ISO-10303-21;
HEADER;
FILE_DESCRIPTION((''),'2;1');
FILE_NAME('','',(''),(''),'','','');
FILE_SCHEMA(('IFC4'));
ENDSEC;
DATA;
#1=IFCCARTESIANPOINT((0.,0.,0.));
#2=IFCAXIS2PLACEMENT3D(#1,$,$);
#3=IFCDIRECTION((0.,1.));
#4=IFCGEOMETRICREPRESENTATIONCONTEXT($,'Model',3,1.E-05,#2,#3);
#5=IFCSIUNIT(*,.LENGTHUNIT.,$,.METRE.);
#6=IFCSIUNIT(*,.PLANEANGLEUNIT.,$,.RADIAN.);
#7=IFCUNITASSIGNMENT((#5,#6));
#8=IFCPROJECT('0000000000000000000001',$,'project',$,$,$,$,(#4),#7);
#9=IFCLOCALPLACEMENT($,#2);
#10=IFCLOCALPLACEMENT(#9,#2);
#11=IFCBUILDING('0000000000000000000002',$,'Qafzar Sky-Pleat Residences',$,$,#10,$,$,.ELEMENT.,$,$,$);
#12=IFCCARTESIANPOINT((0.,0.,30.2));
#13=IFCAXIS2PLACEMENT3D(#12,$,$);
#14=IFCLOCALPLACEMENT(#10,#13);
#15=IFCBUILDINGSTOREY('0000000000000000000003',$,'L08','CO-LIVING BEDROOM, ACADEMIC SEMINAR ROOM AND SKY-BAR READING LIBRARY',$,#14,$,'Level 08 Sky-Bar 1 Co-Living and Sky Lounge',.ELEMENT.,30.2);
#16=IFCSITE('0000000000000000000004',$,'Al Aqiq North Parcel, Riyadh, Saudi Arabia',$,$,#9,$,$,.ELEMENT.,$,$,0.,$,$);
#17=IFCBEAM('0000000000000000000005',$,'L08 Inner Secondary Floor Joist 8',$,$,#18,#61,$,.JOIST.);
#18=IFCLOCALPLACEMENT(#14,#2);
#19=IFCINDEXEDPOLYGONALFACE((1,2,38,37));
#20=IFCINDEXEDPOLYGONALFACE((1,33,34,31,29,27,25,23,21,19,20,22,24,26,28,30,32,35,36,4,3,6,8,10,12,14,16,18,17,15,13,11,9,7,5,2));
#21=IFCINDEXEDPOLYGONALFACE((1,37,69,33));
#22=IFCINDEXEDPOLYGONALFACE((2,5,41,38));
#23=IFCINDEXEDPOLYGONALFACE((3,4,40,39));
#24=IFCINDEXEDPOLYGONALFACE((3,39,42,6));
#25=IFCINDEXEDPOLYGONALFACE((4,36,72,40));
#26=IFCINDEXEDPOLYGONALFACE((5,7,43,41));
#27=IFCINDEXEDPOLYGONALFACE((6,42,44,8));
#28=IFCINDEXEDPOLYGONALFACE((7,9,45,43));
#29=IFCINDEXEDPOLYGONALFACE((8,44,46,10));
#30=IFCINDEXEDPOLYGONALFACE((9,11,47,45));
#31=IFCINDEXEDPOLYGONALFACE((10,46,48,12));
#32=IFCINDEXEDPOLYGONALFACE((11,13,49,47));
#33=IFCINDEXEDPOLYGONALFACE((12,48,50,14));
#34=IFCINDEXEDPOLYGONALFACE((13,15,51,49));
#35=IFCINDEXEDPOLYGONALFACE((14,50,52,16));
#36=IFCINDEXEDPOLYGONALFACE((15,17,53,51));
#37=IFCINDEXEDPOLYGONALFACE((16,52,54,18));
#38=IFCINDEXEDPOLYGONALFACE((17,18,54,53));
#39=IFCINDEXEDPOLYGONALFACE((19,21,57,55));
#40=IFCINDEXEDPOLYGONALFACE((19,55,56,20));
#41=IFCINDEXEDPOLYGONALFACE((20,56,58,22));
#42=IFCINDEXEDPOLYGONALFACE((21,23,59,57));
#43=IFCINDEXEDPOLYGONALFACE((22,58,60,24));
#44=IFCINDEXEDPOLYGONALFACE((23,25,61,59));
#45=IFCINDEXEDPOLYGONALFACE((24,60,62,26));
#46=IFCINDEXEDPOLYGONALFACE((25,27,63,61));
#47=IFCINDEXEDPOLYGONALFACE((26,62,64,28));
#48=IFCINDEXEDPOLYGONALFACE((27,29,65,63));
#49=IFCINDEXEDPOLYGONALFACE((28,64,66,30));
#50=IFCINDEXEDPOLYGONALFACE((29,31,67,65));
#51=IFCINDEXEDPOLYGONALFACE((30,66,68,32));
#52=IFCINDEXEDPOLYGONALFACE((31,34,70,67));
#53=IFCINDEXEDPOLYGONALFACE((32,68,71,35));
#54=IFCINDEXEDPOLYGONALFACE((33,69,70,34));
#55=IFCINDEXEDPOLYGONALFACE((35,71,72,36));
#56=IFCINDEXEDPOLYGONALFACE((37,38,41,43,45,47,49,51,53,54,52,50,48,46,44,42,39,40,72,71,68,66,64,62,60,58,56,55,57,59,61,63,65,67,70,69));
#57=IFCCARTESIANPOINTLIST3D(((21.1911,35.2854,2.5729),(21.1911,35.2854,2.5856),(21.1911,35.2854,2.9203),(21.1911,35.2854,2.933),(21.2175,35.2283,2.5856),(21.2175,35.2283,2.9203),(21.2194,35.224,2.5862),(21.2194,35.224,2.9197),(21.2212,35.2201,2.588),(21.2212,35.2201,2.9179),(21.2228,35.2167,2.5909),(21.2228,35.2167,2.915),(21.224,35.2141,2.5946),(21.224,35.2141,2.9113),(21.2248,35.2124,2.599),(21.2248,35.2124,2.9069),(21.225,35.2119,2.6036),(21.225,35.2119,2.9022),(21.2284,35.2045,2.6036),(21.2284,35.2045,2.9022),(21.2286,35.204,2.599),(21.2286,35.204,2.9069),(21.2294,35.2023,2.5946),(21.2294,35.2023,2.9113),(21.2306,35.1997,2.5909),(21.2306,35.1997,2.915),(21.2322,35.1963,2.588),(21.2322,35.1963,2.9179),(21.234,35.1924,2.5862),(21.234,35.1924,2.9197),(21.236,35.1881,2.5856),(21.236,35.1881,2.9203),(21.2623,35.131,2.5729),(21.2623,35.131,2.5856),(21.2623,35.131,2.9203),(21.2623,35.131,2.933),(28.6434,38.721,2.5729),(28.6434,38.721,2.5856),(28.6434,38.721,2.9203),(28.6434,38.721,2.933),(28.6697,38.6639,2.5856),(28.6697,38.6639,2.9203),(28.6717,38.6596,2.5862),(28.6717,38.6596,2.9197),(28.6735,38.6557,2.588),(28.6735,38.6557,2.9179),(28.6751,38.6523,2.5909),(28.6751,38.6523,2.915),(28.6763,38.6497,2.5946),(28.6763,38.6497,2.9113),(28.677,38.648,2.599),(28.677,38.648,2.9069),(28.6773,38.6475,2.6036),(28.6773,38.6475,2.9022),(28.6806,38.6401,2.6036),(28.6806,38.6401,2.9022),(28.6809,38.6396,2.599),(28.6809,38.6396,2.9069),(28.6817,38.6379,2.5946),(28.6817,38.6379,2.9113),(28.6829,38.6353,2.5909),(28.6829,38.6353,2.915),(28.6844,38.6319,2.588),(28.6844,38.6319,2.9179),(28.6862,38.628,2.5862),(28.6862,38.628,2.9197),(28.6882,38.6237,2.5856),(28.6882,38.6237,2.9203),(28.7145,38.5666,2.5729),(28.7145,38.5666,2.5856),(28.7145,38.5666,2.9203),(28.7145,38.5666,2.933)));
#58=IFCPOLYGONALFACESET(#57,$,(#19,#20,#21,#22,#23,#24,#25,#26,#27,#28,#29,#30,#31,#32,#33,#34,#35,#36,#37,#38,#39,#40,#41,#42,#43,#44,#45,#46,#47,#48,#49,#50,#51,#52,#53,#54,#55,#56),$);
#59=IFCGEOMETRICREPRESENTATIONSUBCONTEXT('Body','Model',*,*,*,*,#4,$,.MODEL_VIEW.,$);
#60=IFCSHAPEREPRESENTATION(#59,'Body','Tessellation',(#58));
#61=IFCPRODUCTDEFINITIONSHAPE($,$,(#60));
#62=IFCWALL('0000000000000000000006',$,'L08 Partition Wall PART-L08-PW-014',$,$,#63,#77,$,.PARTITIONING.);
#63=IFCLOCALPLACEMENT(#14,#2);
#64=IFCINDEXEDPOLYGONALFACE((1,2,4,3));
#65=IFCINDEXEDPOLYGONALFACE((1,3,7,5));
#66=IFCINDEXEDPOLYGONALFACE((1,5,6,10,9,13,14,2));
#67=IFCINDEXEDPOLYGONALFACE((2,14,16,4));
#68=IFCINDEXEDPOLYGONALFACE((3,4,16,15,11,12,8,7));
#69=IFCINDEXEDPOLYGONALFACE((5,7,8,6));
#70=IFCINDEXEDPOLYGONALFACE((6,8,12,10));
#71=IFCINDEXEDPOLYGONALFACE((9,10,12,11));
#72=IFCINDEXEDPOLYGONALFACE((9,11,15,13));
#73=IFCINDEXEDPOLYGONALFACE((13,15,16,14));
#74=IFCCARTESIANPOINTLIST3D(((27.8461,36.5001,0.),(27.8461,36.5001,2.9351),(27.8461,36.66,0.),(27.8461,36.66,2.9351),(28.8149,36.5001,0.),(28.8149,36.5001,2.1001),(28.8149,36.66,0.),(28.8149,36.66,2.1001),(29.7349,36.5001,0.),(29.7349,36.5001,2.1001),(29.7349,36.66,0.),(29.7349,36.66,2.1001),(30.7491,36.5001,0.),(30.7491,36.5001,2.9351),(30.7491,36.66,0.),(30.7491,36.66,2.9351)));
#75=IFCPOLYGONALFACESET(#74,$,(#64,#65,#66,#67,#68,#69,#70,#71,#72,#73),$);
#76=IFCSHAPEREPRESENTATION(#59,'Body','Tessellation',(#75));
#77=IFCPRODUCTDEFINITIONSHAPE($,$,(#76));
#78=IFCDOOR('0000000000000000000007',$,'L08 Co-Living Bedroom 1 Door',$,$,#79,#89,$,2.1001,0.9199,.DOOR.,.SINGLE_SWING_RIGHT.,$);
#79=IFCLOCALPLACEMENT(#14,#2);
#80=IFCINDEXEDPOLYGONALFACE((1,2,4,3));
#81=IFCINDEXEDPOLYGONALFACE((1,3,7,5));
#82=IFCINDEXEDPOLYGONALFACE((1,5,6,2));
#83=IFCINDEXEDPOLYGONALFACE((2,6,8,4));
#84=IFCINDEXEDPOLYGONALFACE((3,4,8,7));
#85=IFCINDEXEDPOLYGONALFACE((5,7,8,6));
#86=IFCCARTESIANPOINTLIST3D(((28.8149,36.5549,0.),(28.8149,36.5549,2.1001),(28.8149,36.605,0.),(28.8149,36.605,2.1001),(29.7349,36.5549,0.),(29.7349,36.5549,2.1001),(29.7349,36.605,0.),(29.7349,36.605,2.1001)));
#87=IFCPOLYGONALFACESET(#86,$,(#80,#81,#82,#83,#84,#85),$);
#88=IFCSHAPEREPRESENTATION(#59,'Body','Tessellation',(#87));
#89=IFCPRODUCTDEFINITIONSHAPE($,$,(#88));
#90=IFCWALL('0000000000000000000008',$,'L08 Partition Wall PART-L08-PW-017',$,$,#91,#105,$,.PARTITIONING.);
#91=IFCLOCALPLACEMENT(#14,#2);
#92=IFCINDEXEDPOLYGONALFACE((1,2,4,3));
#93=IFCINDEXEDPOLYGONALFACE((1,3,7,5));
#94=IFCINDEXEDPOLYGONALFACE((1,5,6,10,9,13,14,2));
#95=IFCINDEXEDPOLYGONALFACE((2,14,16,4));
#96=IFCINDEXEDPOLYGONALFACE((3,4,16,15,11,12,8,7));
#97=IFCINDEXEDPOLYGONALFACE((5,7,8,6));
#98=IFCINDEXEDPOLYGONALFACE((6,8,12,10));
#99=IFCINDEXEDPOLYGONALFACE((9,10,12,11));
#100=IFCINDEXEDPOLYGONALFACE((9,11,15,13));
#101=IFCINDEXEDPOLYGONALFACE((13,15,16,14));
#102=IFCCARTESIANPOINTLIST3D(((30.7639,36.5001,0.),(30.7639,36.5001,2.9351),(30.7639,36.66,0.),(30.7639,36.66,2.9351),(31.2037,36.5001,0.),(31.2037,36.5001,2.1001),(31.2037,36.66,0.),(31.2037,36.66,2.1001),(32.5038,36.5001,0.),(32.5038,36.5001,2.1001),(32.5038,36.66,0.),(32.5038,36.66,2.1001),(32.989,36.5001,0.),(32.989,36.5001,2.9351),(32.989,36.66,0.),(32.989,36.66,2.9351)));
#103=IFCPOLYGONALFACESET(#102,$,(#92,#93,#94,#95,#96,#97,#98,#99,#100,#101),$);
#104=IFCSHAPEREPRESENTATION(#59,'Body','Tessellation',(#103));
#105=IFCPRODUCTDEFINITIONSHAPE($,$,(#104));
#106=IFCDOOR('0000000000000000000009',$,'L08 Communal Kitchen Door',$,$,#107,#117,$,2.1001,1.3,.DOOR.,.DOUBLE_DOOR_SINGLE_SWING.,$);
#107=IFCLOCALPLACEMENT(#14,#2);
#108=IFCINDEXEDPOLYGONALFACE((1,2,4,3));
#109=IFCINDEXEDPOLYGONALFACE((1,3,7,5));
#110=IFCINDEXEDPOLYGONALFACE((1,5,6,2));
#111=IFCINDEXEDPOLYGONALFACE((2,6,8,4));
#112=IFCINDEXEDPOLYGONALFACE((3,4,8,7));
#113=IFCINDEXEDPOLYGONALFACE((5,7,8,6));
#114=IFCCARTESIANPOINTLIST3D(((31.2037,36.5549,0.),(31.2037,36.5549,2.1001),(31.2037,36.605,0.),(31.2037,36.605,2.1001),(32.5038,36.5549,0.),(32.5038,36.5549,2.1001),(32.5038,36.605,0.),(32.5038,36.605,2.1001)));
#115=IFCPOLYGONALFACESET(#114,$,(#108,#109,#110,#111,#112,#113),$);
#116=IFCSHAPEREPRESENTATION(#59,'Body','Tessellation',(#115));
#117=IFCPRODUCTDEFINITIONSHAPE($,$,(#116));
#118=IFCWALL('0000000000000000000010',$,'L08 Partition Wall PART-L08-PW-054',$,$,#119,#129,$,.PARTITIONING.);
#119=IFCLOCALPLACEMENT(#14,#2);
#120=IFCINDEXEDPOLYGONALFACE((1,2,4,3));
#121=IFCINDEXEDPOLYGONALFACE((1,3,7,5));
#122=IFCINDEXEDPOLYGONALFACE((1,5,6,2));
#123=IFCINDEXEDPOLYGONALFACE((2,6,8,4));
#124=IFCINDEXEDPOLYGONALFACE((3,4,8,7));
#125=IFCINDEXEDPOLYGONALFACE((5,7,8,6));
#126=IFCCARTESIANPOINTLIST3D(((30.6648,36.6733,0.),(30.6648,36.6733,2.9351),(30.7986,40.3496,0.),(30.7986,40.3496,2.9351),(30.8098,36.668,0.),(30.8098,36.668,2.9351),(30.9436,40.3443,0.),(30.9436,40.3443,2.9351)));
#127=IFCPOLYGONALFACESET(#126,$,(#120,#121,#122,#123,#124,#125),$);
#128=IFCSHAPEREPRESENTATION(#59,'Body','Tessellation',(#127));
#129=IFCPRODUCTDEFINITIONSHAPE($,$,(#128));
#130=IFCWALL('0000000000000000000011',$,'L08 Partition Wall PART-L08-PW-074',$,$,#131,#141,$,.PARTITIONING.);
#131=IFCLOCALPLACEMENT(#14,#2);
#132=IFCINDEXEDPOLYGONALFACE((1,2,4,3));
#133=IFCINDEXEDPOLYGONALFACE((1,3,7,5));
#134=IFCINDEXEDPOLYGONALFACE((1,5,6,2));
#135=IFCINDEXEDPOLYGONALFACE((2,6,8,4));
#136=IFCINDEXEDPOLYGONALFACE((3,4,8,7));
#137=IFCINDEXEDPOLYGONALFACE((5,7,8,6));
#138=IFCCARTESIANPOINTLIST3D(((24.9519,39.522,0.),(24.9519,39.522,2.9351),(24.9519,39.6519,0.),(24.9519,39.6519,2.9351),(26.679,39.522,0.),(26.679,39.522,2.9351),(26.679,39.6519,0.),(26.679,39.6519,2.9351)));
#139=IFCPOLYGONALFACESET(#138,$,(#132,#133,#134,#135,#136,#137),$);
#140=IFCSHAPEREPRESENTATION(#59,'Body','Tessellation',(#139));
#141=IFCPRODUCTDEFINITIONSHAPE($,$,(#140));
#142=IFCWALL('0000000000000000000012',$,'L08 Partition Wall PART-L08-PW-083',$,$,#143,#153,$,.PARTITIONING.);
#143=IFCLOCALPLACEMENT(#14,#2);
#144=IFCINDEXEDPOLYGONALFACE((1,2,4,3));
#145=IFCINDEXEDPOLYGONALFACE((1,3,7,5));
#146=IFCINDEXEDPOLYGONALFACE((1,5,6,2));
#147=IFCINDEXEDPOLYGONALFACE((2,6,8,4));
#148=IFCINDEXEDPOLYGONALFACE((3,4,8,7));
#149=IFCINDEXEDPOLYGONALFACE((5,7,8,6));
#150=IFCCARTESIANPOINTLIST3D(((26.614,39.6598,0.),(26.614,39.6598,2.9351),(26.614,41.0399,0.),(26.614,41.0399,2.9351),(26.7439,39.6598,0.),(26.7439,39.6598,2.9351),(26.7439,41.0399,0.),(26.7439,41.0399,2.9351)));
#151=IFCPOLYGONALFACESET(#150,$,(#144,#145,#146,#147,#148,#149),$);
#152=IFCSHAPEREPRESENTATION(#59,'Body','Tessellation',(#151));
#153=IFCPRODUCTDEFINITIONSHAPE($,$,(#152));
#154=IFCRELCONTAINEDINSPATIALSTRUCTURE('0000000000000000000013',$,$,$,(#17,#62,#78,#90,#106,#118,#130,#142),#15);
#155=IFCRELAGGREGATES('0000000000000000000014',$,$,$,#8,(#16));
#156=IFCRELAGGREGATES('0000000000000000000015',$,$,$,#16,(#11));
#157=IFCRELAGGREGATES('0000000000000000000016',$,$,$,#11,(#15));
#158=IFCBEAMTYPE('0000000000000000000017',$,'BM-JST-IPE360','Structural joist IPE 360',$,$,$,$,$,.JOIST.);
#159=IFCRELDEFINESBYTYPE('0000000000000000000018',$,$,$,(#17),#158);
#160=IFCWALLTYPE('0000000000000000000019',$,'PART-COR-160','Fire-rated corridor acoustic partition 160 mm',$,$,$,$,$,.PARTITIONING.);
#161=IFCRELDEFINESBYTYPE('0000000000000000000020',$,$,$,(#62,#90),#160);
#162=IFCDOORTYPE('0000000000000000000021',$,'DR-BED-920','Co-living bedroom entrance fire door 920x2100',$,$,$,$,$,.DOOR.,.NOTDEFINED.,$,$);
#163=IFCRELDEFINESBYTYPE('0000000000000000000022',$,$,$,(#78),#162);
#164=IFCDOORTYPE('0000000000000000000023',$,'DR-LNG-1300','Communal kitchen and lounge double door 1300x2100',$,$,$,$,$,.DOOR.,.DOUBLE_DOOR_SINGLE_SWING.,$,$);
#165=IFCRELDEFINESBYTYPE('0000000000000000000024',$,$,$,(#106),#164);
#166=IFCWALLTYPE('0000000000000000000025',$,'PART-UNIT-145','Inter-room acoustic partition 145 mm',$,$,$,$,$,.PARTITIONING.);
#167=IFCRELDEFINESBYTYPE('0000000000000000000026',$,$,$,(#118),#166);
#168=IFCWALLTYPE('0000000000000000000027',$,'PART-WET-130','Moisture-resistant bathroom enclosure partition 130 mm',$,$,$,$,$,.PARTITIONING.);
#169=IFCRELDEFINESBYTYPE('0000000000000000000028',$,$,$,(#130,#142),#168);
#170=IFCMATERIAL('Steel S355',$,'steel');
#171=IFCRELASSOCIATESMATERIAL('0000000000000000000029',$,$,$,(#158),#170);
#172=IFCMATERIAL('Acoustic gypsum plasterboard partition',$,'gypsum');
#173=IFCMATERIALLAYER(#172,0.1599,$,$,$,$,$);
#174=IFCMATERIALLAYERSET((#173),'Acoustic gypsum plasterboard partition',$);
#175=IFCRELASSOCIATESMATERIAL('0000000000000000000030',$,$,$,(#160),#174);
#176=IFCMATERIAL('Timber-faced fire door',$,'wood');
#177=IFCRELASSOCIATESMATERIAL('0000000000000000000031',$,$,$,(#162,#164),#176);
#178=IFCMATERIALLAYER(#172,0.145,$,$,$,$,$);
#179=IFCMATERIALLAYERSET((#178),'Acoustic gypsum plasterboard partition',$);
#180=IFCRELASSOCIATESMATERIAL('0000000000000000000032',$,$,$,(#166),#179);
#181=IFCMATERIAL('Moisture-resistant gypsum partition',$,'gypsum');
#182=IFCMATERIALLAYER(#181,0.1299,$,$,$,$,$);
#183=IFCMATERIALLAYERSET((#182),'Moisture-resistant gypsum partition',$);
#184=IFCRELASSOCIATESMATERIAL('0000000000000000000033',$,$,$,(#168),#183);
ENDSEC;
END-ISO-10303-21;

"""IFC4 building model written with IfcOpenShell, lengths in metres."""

from ifc_helpers import new_model, si_unit, direction, frame, frame_2d, origin, origin_2d, place, context, subcontext, project, spatial, rectangle, i_section, extrude, source, transform, mapped, material, layer, layer_set, material_profile, profile_set, type_object, element, fill, save


model = new_model("IFC4")

# Units and contexts
model_context = context("Model", 3, precision=1e-05, world=origin(), true_north=direction((0.0, 1.0)))
body_context = subcontext(model_context, "Body", "Model", "MODEL_VIEW")
ifc_project = project(units=[si_unit("LENGTHUNIT", "METRE"), si_unit("PLANEANGLEUNIT", "RADIAN")], contexts=[model_context])

# Site, building, storey
site_placement = place(None, origin())
site = spatial("IfcSite", under=ifc_project, at=site_placement, Name="Al Aqiq North Parcel, Riyadh, Saudi Arabia", CompositionType="ELEMENT", RefElevation=0.0)
building_placement = place(site_placement, origin())
building = spatial("IfcBuilding", under=site, at=building_placement, Name="Qafzar Sky-Pleat Residences", CompositionType="ELEMENT")
storey_placement = place(building_placement, frame((0.0, 0.0, 30.2)))
storey = spatial("IfcBuildingStorey", under=building, at=storey_placement, Name="L08", Description="CO-LIVING BEDROOM, ACADEMIC SEMINAR ROOM AND SKY-BAR READING LIBRARY", LongName="Level 08 Sky-Bar 1 Co-Living and Sky Lounge", CompositionType="ELEMENT", Elevation=30.2)

# Beam
ifc_material_1 = material(Name="Steel S355", Category="steel")
ifc_material_profile = material_profile(ifc_material_1, i_section(OverallWidth=0.1699, OverallDepth=0.3601, WebThickness=0.0081, FlangeThickness=0.0127, FilletRadius=0.0181, at=origin_2d()), Name="IPE 360")
ifc_profile_set = profile_set([ifc_material_profile], Name="Steel S355")
beam_type = type_object("IfcBeamType", Name="BM-JST-IPE360", Description="Structural joist IPE 360", PredefinedType="JOIST", material=ifc_profile_set)
shared_shape_1 = source(origin(), body_context, "Body", "SweptSolid", [
    extrude(i_section(OverallWidth=0.1699, OverallDepth=0.3601, WebThickness=0.0081, FlangeThickness=0.0127, FilletRadius=0.0181, at=origin_2d()), origin(), (0.0, 0.0, 1.0), 8.2061),
])
beam_placement = place(storey_placement, frame((28.679, 38.6438, 2.7529), z_axis=(-0.90814, -0.418666, 0.0), x_axis=(0.418666, -0.90814, 0.0)))
element("IfcBeam", 1, at=beam_placement, inside=storey, type_object=beam_type, Name="L08 Inner Secondary Floor Joist 8", PredefinedType="JOIST", context=body_context, shape_type="MappedRepresentation", body=[
    mapped(shared_shape_1, transform((0.0, 0.0, 0.0), x_axis=(1.0, 0.0, 0.0), y_axis=(0.0, 1.0, 0.0), z_axis=(0.0, 0.0, 1.0), scale=1.0)),
])

# Walls, openings, doors
ifc_material_2 = material(Name="Acoustic gypsum plasterboard partition", Category="gypsum")
ifc_layer_1 = layer(ifc_material_2, 0.1599)
ifc_layer_set_1 = layer_set([ifc_layer_1], Name="Acoustic gypsum plasterboard partition")
wall_type_1 = type_object("IfcWallType", Name="PART-COR-160", Description="Fire-rated corridor acoustic partition 160 mm", PredefinedType="PARTITIONING", material=ifc_layer_set_1)
wall_1_placement = place(storey_placement, frame((27.8459, 36.5801, 0.0), z_axis=(0.0, 0.0, 1.0), x_axis=(1.0, 0.0, 0.0)))
wall_1 = element("IfcWall", 2, at=wall_1_placement, inside=storey, type_object=wall_type_1, Name="L08 Partition Wall PART-L08-PW-014", PredefinedType="PARTITIONING", context=body_context, shape_type="SweptSolid", body=[
    extrude(rectangle(XDim=2.9031, YDim=0.1599, at=frame_2d((1.4517, 0.0))), origin(), (0.0, 0.0, 1.0), 2.9351),
])
opening_1_placement = place(wall_1_placement, frame((0.969, 0.0, 0.0)))
opening_1 = element("IfcOpeningElement", 3, at=opening_1_placement, cuts=wall_1, PredefinedType="OPENING", context=body_context, shape_type="SweptSolid", body=[
    extrude(rectangle(XDim=0.9199, YDim=2.1001, at=frame_2d((0.46, 1.05))), frame((0.0, 0.0898, 0.0), z_axis=(0.0, -1.0, 0.0), x_axis=(1.0, 0.0, 0.0)), (0.0, 0.0, 1.0), 0.1799),
])
ifc_material_3 = material(Name="Timber-faced fire door", Category="wood")
door_type_1 = type_object("IfcDoorType", Name="DR-BED-920", Description="Co-living bedroom entrance fire door 920x2100", OperationType="NOTDEFINED", PredefinedType="DOOR", material=ifc_material_3)
shared_shape_2 = source(origin(), body_context, "Body", "SweptSolid", [
    extrude(rectangle(XDim=0.9199, YDim=2.1001, at=frame_2d((0.46, 1.05))), frame((0.0, 0.0249, 0.0), z_axis=(0.0, -1.0, 0.0), x_axis=(1.0, 0.0, 0.0)), (0.0, 0.0, 1.0), 0.05),
])
door_1_placement = place(opening_1_placement, origin())
door_1 = element("IfcDoor", 4, at=door_1_placement, inside=storey, type_object=door_type_1, Name="L08 Co-Living Bedroom 1 Door", OperationType="SINGLE_SWING_RIGHT", OverallHeight=2.1001, OverallWidth=0.9199, PredefinedType="DOOR", context=body_context, shape_type="MappedRepresentation", body=[
    mapped(shared_shape_2, transform((0.0, 0.0, 0.0), x_axis=(1.0, 0.0, 0.0), y_axis=(0.0, 1.0, 0.0), z_axis=(0.0, 0.0, 1.0), scale=1.0)),
])
fill(opening_1, door_1)
wall_2_placement = place(storey_placement, frame((30.7639, 36.5801, 0.0), z_axis=(0.0, 0.0, 1.0), x_axis=(1.0, 0.0, 0.0)))
wall_2 = element("IfcWall", 5, at=wall_2_placement, inside=storey, type_object=wall_type_1, Name="L08 Partition Wall PART-L08-PW-017", PredefinedType="PARTITIONING", context=body_context, shape_type="SweptSolid", body=[
    extrude(rectangle(XDim=2.2251, YDim=0.1599, at=frame_2d((1.1125, 0.0))), origin(), (0.0, 0.0, 1.0), 2.9351),
])
opening_2_placement = place(wall_2_placement, frame((0.4399, 0.0, 0.0)))
opening_2 = element("IfcOpeningElement", 6, at=opening_2_placement, cuts=wall_2, PredefinedType="OPENING", context=body_context, shape_type="SweptSolid", body=[
    extrude(rectangle(XDim=1.3, YDim=2.1001, at=frame_2d((0.6499, 1.05))), frame((0.0, 0.0898, 0.0), z_axis=(0.0, -1.0, 0.0), x_axis=(1.0, 0.0, 0.0)), (0.0, 0.0, 1.0), 0.1799),
])
door_type_2 = type_object("IfcDoorType", Name="DR-LNG-1300", Description="Communal kitchen and lounge double door 1300x2100", OperationType="DOUBLE_DOOR_SINGLE_SWING", PredefinedType="DOOR", material=ifc_material_3)
shared_shape_3 = source(origin(), body_context, "Body", "SweptSolid", [
    extrude(rectangle(XDim=1.3, YDim=2.1001, at=frame_2d((0.6499, 1.05))), frame((0.0, 0.0249, 0.0), z_axis=(0.0, -1.0, 0.0), x_axis=(1.0, 0.0, 0.0)), (0.0, 0.0, 1.0), 0.05),
])
door_2_placement = place(opening_2_placement, origin())
door_2 = element("IfcDoor", 7, at=door_2_placement, inside=storey, type_object=door_type_2, Name="L08 Communal Kitchen Door", OperationType="DOUBLE_DOOR_SINGLE_SWING", OverallHeight=2.1001, OverallWidth=1.3, PredefinedType="DOOR", context=body_context, shape_type="MappedRepresentation", body=[
    mapped(shared_shape_3, transform((0.0, 0.0, 0.0), x_axis=(1.0, 0.0, 0.0), y_axis=(0.0, 1.0, 0.0), z_axis=(0.0, 0.0, 1.0), scale=1.0)),
])
fill(opening_2, door_2)

# Walls
ifc_layer_2 = layer(ifc_material_2, 0.145)
ifc_layer_set_2 = layer_set([ifc_layer_2], Name="Acoustic gypsum plasterboard partition")
wall_type_2 = type_object("IfcWallType", Name="PART-UNIT-145", Description="Inter-room acoustic partition 145 mm", PredefinedType="PARTITIONING", material=ifc_layer_set_2)
wall_3_placement = place(storey_placement, frame((30.7373, 36.6707, 0.0), z_axis=(0.0, 0.0, 1.0), x_axis=(0.036369, 0.999338, 0.0)))
element("IfcWall", 8, at=wall_3_placement, inside=storey, type_object=wall_type_2, Name="L08 Partition Wall PART-L08-PW-054", PredefinedType="PARTITIONING", context=body_context, shape_type="SweptSolid", body=[
    extrude(rectangle(XDim=3.6787, YDim=0.145, at=frame_2d((1.8394, 0.0))), origin(), (0.0, 0.0, 1.0), 2.9351),
])
ifc_material_4 = material(Name="Moisture-resistant gypsum partition", Category="gypsum")
ifc_layer_3 = layer(ifc_material_4, 0.1299)
ifc_layer_set_3 = layer_set([ifc_layer_3], Name="Moisture-resistant gypsum partition")
wall_type_3 = type_object("IfcWallType", Name="PART-WET-130", Description="Moisture-resistant bathroom enclosure partition 130 mm", PredefinedType="PARTITIONING", material=ifc_layer_set_3)
wall_4_placement = place(storey_placement, frame((24.9519, 39.5869, 0.0), z_axis=(0.0, 0.0, 1.0), x_axis=(1.0, 0.0, 0.0)))
element("IfcWall", 9, at=wall_4_placement, inside=storey, type_object=wall_type_3, Name="L08 Partition Wall PART-L08-PW-074", PredefinedType="PARTITIONING", context=body_context, shape_type="SweptSolid", body=[
    extrude(rectangle(XDim=1.7271, YDim=0.1299, at=frame_2d((0.8635, 0.0))), origin(), (0.0, 0.0, 1.0), 2.9351),
])
wall_5_placement = place(storey_placement, frame((26.679, 39.6599, 0.0), z_axis=(0.0, 0.0, 1.0), x_axis=(0.0, 1.0, 0.0)))
element("IfcWall", 10, at=wall_5_placement, inside=storey, type_object=wall_type_3, Name="L08 Partition Wall PART-L08-PW-083", PredefinedType="PARTITIONING", context=body_context, shape_type="SweptSolid", body=[
    extrude(rectangle(XDim=1.3801, YDim=0.1299, at=frame_2d((0.6899, 0.0))), origin(), (0.0, 0.0, 1.0), 2.9351),
])

save(model, "model.ifc")
